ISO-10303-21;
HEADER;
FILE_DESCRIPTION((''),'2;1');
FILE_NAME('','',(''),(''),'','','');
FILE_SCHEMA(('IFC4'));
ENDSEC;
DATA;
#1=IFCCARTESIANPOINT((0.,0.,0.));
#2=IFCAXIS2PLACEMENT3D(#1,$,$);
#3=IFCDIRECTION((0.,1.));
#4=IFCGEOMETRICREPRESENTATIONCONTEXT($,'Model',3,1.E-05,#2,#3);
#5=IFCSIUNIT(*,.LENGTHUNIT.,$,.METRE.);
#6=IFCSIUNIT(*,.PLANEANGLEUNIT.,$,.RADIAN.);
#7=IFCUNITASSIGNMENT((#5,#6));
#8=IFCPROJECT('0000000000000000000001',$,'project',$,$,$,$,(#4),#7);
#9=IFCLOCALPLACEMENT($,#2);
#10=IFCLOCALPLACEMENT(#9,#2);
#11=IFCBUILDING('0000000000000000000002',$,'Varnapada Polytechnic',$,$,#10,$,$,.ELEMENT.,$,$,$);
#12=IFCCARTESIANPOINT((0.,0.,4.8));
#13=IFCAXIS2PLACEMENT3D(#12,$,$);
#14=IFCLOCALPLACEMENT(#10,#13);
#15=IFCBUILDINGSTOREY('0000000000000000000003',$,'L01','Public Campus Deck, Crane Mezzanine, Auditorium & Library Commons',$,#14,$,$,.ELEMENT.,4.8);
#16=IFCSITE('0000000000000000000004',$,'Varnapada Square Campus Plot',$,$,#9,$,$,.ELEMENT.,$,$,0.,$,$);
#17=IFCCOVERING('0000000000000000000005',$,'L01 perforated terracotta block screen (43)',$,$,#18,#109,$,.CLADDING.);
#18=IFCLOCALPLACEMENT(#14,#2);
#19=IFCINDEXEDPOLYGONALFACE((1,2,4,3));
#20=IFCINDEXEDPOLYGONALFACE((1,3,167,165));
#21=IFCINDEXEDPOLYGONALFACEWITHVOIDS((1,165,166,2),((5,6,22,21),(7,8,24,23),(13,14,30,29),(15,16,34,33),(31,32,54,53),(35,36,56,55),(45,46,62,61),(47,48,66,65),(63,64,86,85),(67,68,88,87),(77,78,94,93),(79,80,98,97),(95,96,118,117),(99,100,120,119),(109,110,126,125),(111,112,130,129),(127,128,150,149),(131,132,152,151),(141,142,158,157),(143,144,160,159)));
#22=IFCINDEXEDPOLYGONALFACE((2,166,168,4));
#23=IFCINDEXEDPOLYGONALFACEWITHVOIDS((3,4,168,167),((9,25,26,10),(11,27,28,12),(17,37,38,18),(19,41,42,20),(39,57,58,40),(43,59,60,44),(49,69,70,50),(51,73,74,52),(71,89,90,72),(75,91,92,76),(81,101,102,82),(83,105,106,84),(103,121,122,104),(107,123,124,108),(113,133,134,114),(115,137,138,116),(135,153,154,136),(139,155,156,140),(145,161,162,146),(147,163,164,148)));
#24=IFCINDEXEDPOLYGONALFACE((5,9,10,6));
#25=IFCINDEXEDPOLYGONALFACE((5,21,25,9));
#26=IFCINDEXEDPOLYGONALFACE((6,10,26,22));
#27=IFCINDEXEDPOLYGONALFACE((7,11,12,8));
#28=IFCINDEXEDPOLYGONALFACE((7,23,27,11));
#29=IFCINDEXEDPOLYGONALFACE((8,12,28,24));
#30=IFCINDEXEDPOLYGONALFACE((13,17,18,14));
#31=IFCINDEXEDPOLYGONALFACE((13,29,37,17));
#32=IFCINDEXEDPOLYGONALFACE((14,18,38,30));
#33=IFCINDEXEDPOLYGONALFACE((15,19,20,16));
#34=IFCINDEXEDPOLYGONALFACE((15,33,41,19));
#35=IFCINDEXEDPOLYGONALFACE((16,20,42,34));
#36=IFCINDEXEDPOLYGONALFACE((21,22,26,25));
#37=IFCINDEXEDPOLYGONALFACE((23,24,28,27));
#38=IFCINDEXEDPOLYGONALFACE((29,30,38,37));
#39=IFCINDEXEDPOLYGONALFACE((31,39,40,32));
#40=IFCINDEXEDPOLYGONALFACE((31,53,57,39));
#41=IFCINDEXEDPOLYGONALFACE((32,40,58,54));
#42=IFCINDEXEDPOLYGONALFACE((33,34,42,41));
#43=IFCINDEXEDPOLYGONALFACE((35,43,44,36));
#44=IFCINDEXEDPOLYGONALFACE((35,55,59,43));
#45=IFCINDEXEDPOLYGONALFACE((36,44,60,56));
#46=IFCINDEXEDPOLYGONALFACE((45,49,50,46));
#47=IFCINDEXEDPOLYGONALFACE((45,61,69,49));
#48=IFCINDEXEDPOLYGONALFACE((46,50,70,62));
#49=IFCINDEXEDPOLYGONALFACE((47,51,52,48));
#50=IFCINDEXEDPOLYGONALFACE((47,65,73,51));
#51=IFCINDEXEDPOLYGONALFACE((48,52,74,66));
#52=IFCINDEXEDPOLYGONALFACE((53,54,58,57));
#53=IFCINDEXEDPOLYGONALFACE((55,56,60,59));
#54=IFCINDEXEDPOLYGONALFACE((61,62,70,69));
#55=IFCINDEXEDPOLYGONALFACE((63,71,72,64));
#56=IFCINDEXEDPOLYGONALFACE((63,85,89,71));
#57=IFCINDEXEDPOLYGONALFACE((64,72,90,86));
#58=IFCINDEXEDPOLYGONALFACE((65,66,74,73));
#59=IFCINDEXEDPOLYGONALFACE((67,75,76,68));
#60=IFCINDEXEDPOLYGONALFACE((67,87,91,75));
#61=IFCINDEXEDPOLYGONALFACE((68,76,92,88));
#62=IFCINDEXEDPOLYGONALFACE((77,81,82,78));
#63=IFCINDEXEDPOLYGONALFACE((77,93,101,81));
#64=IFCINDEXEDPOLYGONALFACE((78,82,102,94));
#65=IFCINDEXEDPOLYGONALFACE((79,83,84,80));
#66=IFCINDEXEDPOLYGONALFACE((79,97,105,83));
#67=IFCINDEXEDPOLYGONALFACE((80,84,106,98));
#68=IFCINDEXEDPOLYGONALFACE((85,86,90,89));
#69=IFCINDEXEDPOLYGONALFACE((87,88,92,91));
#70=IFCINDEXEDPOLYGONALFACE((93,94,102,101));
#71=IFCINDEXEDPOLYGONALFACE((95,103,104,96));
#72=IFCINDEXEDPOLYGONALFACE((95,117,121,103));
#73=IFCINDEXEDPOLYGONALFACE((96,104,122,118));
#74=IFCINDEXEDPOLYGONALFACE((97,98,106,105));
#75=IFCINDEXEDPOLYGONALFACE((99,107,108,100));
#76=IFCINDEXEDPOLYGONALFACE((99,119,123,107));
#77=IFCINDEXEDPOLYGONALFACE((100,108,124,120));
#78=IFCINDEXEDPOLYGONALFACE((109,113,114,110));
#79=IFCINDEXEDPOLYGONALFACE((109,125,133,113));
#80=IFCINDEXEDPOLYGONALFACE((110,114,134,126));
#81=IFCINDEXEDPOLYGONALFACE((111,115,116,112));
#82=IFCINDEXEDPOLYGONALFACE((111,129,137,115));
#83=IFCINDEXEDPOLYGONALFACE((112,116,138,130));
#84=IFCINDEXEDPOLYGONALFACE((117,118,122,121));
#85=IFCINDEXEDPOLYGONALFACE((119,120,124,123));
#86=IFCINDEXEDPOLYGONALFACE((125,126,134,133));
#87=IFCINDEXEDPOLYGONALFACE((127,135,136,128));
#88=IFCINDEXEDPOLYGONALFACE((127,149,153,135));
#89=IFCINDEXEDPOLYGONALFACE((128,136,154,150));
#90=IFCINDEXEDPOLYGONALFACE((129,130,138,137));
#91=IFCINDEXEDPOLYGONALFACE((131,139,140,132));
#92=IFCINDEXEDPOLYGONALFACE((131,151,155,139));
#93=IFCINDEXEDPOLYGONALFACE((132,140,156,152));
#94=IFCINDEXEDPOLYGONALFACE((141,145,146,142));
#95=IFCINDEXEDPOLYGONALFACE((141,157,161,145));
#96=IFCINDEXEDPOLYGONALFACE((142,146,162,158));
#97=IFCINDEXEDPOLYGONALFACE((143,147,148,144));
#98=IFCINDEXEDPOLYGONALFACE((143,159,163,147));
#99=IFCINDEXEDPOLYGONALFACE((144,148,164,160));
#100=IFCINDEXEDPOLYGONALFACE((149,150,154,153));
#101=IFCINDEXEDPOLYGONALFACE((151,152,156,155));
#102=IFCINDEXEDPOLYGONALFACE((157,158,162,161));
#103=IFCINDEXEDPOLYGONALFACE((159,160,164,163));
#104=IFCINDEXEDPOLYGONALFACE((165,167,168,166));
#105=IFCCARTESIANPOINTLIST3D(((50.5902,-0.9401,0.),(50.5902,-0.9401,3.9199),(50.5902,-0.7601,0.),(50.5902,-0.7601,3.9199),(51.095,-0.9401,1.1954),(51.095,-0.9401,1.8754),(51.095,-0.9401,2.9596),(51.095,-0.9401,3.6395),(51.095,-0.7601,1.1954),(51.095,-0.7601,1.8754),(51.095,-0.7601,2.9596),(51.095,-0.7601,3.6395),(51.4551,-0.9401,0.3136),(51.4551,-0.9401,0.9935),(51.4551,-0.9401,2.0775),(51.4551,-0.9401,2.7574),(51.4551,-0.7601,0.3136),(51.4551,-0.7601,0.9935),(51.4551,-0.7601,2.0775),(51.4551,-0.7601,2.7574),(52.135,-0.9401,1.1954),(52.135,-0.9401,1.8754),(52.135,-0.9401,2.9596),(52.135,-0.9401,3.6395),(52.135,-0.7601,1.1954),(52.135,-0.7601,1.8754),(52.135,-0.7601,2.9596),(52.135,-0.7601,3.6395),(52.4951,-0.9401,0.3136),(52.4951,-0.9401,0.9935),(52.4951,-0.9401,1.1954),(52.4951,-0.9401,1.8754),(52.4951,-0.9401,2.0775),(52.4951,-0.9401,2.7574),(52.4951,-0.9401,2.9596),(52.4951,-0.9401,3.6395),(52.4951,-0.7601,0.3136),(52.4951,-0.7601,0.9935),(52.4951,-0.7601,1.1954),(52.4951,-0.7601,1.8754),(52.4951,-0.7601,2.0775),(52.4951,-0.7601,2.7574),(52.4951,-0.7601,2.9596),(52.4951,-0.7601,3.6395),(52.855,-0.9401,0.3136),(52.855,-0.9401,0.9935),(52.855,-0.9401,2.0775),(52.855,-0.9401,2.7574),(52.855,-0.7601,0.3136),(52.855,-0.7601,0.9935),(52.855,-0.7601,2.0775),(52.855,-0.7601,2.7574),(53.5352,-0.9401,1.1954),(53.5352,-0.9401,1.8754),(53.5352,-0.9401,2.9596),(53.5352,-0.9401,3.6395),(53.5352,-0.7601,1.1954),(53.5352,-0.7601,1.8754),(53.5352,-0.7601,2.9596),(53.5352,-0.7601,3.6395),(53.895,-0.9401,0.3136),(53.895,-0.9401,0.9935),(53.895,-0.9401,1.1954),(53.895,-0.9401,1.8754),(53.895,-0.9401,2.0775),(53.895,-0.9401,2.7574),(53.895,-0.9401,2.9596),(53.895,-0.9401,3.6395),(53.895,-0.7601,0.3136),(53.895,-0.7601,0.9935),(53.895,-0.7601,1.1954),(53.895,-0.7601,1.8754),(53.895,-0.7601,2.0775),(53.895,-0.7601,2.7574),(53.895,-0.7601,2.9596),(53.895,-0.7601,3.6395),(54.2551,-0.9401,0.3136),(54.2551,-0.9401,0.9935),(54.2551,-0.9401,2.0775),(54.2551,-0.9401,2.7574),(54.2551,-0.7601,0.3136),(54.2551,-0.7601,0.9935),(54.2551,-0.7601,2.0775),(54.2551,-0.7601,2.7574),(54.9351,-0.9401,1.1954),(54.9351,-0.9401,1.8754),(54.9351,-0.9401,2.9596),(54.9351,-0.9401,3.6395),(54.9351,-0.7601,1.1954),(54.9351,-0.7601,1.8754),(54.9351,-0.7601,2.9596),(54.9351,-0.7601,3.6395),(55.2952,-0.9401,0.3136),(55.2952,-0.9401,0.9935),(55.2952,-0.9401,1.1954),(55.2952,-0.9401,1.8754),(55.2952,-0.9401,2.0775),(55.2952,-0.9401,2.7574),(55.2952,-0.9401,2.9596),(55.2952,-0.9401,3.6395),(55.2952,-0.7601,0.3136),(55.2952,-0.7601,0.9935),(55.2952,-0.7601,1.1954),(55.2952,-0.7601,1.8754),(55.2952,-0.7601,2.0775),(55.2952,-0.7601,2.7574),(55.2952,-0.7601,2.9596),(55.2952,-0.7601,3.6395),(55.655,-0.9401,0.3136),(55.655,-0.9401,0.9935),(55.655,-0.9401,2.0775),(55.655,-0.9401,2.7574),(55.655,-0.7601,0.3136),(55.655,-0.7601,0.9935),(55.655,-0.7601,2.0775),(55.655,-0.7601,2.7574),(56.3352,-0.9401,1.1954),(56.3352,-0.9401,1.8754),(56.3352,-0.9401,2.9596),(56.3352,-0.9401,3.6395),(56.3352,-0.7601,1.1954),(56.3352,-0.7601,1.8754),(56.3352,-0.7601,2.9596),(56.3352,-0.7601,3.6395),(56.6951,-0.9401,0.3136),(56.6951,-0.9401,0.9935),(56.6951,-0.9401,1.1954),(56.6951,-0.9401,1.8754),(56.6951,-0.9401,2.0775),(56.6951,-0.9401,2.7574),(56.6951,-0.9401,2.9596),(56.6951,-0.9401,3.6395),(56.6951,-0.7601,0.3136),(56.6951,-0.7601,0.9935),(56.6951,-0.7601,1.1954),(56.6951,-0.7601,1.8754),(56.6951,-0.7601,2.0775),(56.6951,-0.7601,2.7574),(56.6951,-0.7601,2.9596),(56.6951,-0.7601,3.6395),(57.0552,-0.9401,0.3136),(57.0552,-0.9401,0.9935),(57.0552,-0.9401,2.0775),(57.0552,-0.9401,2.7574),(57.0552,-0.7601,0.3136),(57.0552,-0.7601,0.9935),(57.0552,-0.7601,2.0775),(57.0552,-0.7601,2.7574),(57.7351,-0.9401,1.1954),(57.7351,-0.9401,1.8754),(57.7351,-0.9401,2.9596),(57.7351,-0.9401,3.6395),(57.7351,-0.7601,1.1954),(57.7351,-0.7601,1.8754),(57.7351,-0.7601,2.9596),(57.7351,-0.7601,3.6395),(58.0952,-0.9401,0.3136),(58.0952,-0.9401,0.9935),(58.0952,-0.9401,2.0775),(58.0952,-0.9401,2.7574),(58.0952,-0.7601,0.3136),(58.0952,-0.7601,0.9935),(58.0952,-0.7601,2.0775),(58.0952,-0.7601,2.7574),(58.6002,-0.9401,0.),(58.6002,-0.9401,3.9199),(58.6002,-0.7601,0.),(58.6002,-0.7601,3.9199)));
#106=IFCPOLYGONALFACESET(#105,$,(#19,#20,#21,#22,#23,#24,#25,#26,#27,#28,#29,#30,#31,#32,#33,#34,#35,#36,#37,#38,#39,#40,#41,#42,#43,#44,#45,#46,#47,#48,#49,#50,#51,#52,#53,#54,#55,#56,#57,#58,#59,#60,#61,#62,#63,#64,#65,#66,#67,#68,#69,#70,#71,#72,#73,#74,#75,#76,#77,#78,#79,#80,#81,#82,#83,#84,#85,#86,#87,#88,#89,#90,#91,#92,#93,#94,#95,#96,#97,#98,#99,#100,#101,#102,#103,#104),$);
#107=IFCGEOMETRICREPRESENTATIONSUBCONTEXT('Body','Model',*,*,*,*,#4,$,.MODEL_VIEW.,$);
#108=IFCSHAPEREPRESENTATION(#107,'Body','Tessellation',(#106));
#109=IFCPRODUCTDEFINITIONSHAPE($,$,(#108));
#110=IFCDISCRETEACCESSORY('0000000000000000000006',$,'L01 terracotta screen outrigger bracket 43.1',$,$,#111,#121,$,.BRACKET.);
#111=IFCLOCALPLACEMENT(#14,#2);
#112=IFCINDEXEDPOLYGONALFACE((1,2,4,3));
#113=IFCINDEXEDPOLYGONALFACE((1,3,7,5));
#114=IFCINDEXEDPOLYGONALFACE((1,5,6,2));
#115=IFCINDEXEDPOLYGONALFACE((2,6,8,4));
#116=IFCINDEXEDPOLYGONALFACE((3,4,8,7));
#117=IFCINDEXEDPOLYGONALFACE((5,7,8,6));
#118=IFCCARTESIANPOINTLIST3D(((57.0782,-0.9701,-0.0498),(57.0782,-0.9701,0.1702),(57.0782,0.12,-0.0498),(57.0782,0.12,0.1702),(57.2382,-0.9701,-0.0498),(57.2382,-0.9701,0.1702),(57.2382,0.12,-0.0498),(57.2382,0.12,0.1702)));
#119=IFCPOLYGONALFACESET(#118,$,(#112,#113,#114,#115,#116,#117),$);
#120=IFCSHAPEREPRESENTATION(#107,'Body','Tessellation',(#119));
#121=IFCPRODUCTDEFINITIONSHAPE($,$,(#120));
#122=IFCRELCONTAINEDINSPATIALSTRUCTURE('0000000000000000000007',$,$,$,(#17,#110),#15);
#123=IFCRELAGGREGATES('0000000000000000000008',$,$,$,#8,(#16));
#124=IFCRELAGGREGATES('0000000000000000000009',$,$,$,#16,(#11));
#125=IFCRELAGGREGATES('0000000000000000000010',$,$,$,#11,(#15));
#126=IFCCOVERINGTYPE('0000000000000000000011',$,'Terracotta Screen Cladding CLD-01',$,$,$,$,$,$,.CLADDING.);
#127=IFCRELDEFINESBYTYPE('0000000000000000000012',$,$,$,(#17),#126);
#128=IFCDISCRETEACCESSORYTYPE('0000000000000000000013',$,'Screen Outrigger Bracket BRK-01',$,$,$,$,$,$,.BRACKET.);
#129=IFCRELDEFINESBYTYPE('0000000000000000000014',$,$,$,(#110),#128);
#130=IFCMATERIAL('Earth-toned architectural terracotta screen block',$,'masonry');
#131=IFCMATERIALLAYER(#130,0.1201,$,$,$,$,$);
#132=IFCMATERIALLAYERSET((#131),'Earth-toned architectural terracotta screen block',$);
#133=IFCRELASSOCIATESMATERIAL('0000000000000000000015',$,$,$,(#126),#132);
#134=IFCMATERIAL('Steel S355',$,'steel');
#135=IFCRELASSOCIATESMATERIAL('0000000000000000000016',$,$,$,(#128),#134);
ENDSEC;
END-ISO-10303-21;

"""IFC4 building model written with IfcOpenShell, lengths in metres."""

from ifc_helpers import new_model, si_unit, direction, frame, frame_2d, origin, origin_2d, place, context, subcontext, project, spatial, rectangle, extrude, material, layer, layer_set, type_object, element, save


model = new_model("IFC4")

# Units and contexts
model_context = context("Model", 3, precision=1e-05, world=origin(), true_north=direction((0.0, 1.0)))
body_context = subcontext(model_context, "Body", "Model", "MODEL_VIEW")
ifc_project = project(units=[si_unit("LENGTHUNIT", "METRE"), si_unit("PLANEANGLEUNIT", "RADIAN")], contexts=[model_context])

# Site, building, storey
site_placement = place(None, origin())
site = spatial("IfcSite", under=ifc_project, at=site_placement, Name="Varnapada Square Campus Plot", CompositionType="ELEMENT", RefElevation=0.0)
building_placement = place(site_placement, origin())
building = spatial("IfcBuilding", under=site, at=building_placement, Name="Varnapada Polytechnic", CompositionType="ELEMENT")
storey_placement = place(building_placement, frame((0.0, 0.0, 4.8)))
storey = spatial("IfcBuildingStorey", under=building, at=storey_placement, Name="L01", Description="Public Campus Deck, Crane Mezzanine, Auditorium & Library Commons", CompositionType="ELEMENT", Elevation=4.8)

# Shared definitions
ifc_material_1 = material(Name="Steel S355", Category="steel")

# Covering, openings
ifc_material_2 = material(Name="Earth-toned architectural terracotta screen block", Category="masonry")
ifc_layer_1 = layer(ifc_material_2, 0.1201)
ifc_layer_set_1 = layer_set([ifc_layer_1], Name="Earth-toned architectural terracotta screen block")
covering_type = type_object("IfcCoveringType", Name="Terracotta Screen Cladding CLD-01", PredefinedType="CLADDING", material=ifc_layer_set_1)
covering_placement = place(storey_placement, frame((58.6001, -0.8501, 0.0), z_axis=(0.0, 0.0, 1.0), x_axis=(-1.0, 0.0, 0.0)))
covering = element("IfcCovering", 1, at=covering_placement, inside=storey, type_object=covering_type, Name="L01 perforated terracotta block screen (43)", PredefinedType="CLADDING", context=body_context, shape_type="SweptSolid", body=[
    extrude(rectangle(XDim=8.01, YDim=0.1799, at=frame_2d((4.0049, 0.0))), origin(), (0.0, 0.0, 1.0), 3.9199),
])
opening_1_placement = place(covering_placement, frame((0.5049, 0.0, 0.3137)))
element("IfcOpeningElement", 2, at=opening_1_placement, cuts=covering, PredefinedType="OPENING", context=body_context, shape_type="SweptSolid", body=[
    extrude(rectangle(XDim=1.04, YDim=0.6799, at=frame_2d((0.52, 0.3398))), frame((0.0, 0.0999, 0.0), z_axis=(0.0, -1.0, 0.0), x_axis=(1.0, 0.0, 0.0)), (0.0, 0.0, 1.0), 0.2),
])
opening_2_placement = place(covering_placement, frame((1.905, 0.0, 0.3137)))
element("IfcOpeningElement", 3, at=opening_2_placement, cuts=covering, PredefinedType="OPENING", context=body_context, shape_type="SweptSolid", body=[
    extrude(rectangle(XDim=1.04, YDim=0.6799, at=frame_2d((0.52, 0.3398))), frame((0.0, 0.0999, 0.0), z_axis=(0.0, -1.0, 0.0), x_axis=(1.0, 0.0, 0.0)), (0.0, 0.0, 1.0), 0.2),
])
opening_3_placement = place(covering_placement, frame((3.3049, 0.0, 0.3137)))
element("IfcOpeningElement", 4, at=opening_3_placement, cuts=covering, PredefinedType="OPENING", context=body_context, shape_type="SweptSolid", body=[
    extrude(rectangle(XDim=1.04, YDim=0.6799, at=frame_2d((0.52, 0.3398))), frame((0.0, 0.0999, 0.0), z_axis=(0.0, -1.0, 0.0), x_axis=(1.0, 0.0, 0.0)), (0.0, 0.0, 1.0), 0.2),
])
opening_4_placement = place(covering_placement, frame((4.7051, 0.0, 0.3137)))
element("IfcOpeningElement", 5, at=opening_4_placement, cuts=covering, PredefinedType="OPENING", context=body_context, shape_type="SweptSolid", body=[
    extrude(rectangle(XDim=1.04, YDim=0.6799, at=frame_2d((0.52, 0.3398))), frame((0.0, 0.0999, 0.0), z_axis=(0.0, -1.0, 0.0), x_axis=(1.0, 0.0, 0.0)), (0.0, 0.0, 1.0), 0.2),
])
opening_5_placement = place(covering_placement, frame((6.105, 0.0, 0.3137)))
element("IfcOpeningElement", 6, at=opening_5_placement, cuts=covering, PredefinedType="OPENING", context=body_context, shape_type="SweptSolid", body=[
    extrude(rectangle(XDim=1.04, YDim=0.6799, at=frame_2d((0.52, 0.3398))), frame((0.0, 0.0999, 0.0), z_axis=(0.0, -1.0, 0.0), x_axis=(1.0, 0.0, 0.0)), (0.0, 0.0, 1.0), 0.2),
])
opening_6_placement = place(covering_placement, frame((0.865, 0.0, 1.1956)))
element("IfcOpeningElement", 7, at=opening_6_placement, cuts=covering, PredefinedType="OPENING", context=body_context, shape_type="SweptSolid", body=[
    extrude(rectangle(XDim=1.04, YDim=0.6799, at=frame_2d((0.52, 0.3398))), frame((0.0, 0.0999, 0.0), z_axis=(0.0, -1.0, 0.0), x_axis=(1.0, 0.0, 0.0)), (0.0, 0.0, 1.0), 0.2),
])
opening_7_placement = place(covering_placement, frame((2.2649, 0.0, 1.1956)))
element("IfcOpeningElement", 8, at=opening_7_placement, cuts=covering, PredefinedType="OPENING", context=body_context, shape_type="SweptSolid", body=[
    extrude(rectangle(XDim=1.04, YDim=0.6799, at=frame_2d((0.52, 0.3398))), frame((0.0, 0.0999, 0.0), z_axis=(0.0, -1.0, 0.0), x_axis=(1.0, 0.0, 0.0)), (0.0, 0.0, 1.0), 0.2),
])
opening_8_placement = place(covering_placement, frame((3.665, 0.0, 1.1956)))
element("IfcOpeningElement", 9, at=opening_8_placement, cuts=covering, PredefinedType="OPENING", context=body_context, shape_type="SweptSolid", body=[
    extrude(rectangle(XDim=1.04, YDim=0.6799, at=frame_2d((0.52, 0.3398))), frame((0.0, 0.0999, 0.0), z_axis=(0.0, -1.0, 0.0), x_axis=(1.0, 0.0, 0.0)), (0.0, 0.0, 1.0), 0.2),
])
opening_9_placement = place(covering_placement, frame((5.0649, 0.0, 1.1956)))
element("IfcOpeningElement", 10, at=opening_9_placement, cuts=covering, PredefinedType="OPENING", context=body_context, shape_type="SweptSolid", body=[
    extrude(rectangle(XDim=1.04, YDim=0.6799, at=frame_2d((0.52, 0.3398))), frame((0.0, 0.0999, 0.0), z_axis=(0.0, -1.0, 0.0), x_axis=(1.0, 0.0, 0.0)), (0.0, 0.0, 1.0), 0.2),
])
opening_10_placement = place(covering_placement, frame((6.4651, 0.0, 1.1956)))
element("IfcOpeningElement", 11, at=opening_10_placement, cuts=covering, PredefinedType="OPENING", context=body_context, shape_type="SweptSolid", body=[
    extrude(rectangle(XDim=1.04, YDim=0.6799, at=frame_2d((0.52, 0.3398))), frame((0.0, 0.0999, 0.0), z_axis=(0.0, -1.0, 0.0), x_axis=(1.0, 0.0, 0.0)), (0.0, 0.0, 1.0), 0.2),
])
opening_11_placement = place(covering_placement, frame((0.5049, 0.0, 2.0776)))
element("IfcOpeningElement", 12, at=opening_11_placement, cuts=covering, PredefinedType="OPENING", context=body_context, shape_type="SweptSolid", body=[
    extrude(rectangle(XDim=1.04, YDim=0.6799, at=frame_2d((0.52, 0.3398))), frame((0.0, 0.0999, 0.0), z_axis=(0.0, -1.0, 0.0), x_axis=(1.0, 0.0, 0.0)), (0.0, 0.0, 1.0), 0.2),
])
opening_12_placement = place(covering_placement, frame((1.905, 0.0, 2.0776)))
element("IfcOpeningElement", 13, at=opening_12_placement, cuts=covering, PredefinedType="OPENING", context=body_context, shape_type="SweptSolid", body=[
    extrude(rectangle(XDim=1.04, YDim=0.6799, at=frame_2d((0.52, 0.3398))), frame((0.0, 0.0999, 0.0), z_axis=(0.0, -1.0, 0.0), x_axis=(1.0, 0.0, 0.0)), (0.0, 0.0, 1.0), 0.2),
])
opening_13_placement = place(covering_placement, frame((3.3049, 0.0, 2.0776)))
element("IfcOpeningElement", 14, at=opening_13_placement, cuts=covering, PredefinedType="OPENING", context=body_context, shape_type="SweptSolid", body=[
    extrude(rectangle(XDim=1.04, YDim=0.6799, at=frame_2d((0.52, 0.3398))), frame((0.0, 0.0999, 0.0), z_axis=(0.0, -1.0, 0.0), x_axis=(1.0, 0.0, 0.0)), (0.0, 0.0, 1.0), 0.2),
])
opening_14_placement = place(covering_placement, frame((4.7051, 0.0, 2.0776)))
element("IfcOpeningElement", 15, at=opening_14_placement, cuts=covering, PredefinedType="OPENING", context=body_context, shape_type="SweptSolid", body=[
    extrude(rectangle(XDim=1.04, YDim=0.6799, at=frame_2d((0.52, 0.3398))), frame((0.0, 0.0999, 0.0), z_axis=(0.0, -1.0, 0.0), x_axis=(1.0, 0.0, 0.0)), (0.0, 0.0, 1.0), 0.2),
])
opening_15_placement = place(covering_placement, frame((6.105, 0.0, 2.0776)))
element("IfcOpeningElement", 16, at=opening_15_placement, cuts=covering, PredefinedType="OPENING", context=body_context, shape_type="SweptSolid", body=[
    extrude(rectangle(XDim=1.04, YDim=0.6799, at=frame_2d((0.52, 0.3398))), frame((0.0, 0.0999, 0.0), z_axis=(0.0, -1.0, 0.0), x_axis=(1.0, 0.0, 0.0)), (0.0, 0.0, 1.0), 0.2),
])
opening_16_placement = place(covering_placement, frame((0.865, 0.0, 2.9597)))
element("IfcOpeningElement", 17, at=opening_16_placement, cuts=covering, PredefinedType="OPENING", context=body_context, shape_type="SweptSolid", body=[
    extrude(rectangle(XDim=1.04, YDim=0.6799, at=frame_2d((0.52, 0.3398))), frame((0.0, 0.0999, 0.0), z_axis=(0.0, -1.0, 0.0), x_axis=(1.0, 0.0, 0.0)), (0.0, 0.0, 1.0), 0.2),
])
opening_17_placement = place(covering_placement, frame((2.2649, 0.0, 2.9597)))
element("IfcOpeningElement", 18, at=opening_17_placement, cuts=covering, PredefinedType="OPENING", context=body_context, shape_type="SweptSolid", body=[
    extrude(rectangle(XDim=1.04, YDim=0.6799, at=frame_2d((0.52, 0.3398))), frame((0.0, 0.0999, 0.0), z_axis=(0.0, -1.0, 0.0), x_axis=(1.0, 0.0, 0.0)), (0.0, 0.0, 1.0), 0.2),
])
opening_18_placement = place(covering_placement, frame((3.665, 0.0, 2.9597)))
element("IfcOpeningElement", 19, at=opening_18_placement, cuts=covering, PredefinedType="OPENING", context=body_context, shape_type="SweptSolid", body=[
    extrude(rectangle(XDim=1.04, YDim=0.6799, at=frame_2d((0.52, 0.3398))), frame((0.0, 0.0999, 0.0), z_axis=(0.0, -1.0, 0.0), x_axis=(1.0, 0.0, 0.0)), (0.0, 0.0, 1.0), 0.2),
])
opening_19_placement = place(covering_placement, frame((5.0649, 0.0, 2.9597)))
element("IfcOpeningElement", 20, at=opening_19_placement, cuts=covering, PredefinedType="OPENING", context=body_context, shape_type="SweptSolid", body=[
    extrude(rectangle(XDim=1.04, YDim=0.6799, at=frame_2d((0.52, 0.3398))), frame((0.0, 0.0999, 0.0), z_axis=(0.0, -1.0, 0.0), x_axis=(1.0, 0.0, 0.0)), (0.0, 0.0, 1.0), 0.2),
])
opening_20_placement = place(covering_placement, frame((6.4651, 0.0, 2.9597)))
element("IfcOpeningElement", 21, at=opening_20_placement, cuts=covering, PredefinedType="OPENING", context=body_context, shape_type="SweptSolid", body=[
    extrude(rectangle(XDim=1.04, YDim=0.6799, at=frame_2d((0.52, 0.3398))), frame((0.0, 0.0999, 0.0), z_axis=(0.0, -1.0, 0.0), x_axis=(1.0, 0.0, 0.0)), (0.0, 0.0, 1.0), 0.2),
])

# Discrete accessory
discrete_accessory_type = type_object("IfcDiscreteAccessoryType", Name="Screen Outrigger Bracket BRK-01", PredefinedType="BRACKET", material=ifc_material_1)
discrete_accessory_placement = place(storey_placement, frame((57.1582, -0.425, -0.0498), z_axis=(0.0, 0.0, 1.0), x_axis=(-1.0, 0.0, 0.0)))
element("IfcDiscreteAccessory", 22, at=discrete_accessory_placement, inside=storey, type_object=discrete_accessory_type, Name="L01 terracotta screen outrigger bracket 43.1", PredefinedType="BRACKET", context=body_context, shape_type="SweptSolid", body=[
    extrude(rectangle(XDim=0.1599, YDim=1.0901, at=origin_2d()), origin(), (0.0, 0.0, 1.0), 0.22),
])

save(model, "model.ifc")
